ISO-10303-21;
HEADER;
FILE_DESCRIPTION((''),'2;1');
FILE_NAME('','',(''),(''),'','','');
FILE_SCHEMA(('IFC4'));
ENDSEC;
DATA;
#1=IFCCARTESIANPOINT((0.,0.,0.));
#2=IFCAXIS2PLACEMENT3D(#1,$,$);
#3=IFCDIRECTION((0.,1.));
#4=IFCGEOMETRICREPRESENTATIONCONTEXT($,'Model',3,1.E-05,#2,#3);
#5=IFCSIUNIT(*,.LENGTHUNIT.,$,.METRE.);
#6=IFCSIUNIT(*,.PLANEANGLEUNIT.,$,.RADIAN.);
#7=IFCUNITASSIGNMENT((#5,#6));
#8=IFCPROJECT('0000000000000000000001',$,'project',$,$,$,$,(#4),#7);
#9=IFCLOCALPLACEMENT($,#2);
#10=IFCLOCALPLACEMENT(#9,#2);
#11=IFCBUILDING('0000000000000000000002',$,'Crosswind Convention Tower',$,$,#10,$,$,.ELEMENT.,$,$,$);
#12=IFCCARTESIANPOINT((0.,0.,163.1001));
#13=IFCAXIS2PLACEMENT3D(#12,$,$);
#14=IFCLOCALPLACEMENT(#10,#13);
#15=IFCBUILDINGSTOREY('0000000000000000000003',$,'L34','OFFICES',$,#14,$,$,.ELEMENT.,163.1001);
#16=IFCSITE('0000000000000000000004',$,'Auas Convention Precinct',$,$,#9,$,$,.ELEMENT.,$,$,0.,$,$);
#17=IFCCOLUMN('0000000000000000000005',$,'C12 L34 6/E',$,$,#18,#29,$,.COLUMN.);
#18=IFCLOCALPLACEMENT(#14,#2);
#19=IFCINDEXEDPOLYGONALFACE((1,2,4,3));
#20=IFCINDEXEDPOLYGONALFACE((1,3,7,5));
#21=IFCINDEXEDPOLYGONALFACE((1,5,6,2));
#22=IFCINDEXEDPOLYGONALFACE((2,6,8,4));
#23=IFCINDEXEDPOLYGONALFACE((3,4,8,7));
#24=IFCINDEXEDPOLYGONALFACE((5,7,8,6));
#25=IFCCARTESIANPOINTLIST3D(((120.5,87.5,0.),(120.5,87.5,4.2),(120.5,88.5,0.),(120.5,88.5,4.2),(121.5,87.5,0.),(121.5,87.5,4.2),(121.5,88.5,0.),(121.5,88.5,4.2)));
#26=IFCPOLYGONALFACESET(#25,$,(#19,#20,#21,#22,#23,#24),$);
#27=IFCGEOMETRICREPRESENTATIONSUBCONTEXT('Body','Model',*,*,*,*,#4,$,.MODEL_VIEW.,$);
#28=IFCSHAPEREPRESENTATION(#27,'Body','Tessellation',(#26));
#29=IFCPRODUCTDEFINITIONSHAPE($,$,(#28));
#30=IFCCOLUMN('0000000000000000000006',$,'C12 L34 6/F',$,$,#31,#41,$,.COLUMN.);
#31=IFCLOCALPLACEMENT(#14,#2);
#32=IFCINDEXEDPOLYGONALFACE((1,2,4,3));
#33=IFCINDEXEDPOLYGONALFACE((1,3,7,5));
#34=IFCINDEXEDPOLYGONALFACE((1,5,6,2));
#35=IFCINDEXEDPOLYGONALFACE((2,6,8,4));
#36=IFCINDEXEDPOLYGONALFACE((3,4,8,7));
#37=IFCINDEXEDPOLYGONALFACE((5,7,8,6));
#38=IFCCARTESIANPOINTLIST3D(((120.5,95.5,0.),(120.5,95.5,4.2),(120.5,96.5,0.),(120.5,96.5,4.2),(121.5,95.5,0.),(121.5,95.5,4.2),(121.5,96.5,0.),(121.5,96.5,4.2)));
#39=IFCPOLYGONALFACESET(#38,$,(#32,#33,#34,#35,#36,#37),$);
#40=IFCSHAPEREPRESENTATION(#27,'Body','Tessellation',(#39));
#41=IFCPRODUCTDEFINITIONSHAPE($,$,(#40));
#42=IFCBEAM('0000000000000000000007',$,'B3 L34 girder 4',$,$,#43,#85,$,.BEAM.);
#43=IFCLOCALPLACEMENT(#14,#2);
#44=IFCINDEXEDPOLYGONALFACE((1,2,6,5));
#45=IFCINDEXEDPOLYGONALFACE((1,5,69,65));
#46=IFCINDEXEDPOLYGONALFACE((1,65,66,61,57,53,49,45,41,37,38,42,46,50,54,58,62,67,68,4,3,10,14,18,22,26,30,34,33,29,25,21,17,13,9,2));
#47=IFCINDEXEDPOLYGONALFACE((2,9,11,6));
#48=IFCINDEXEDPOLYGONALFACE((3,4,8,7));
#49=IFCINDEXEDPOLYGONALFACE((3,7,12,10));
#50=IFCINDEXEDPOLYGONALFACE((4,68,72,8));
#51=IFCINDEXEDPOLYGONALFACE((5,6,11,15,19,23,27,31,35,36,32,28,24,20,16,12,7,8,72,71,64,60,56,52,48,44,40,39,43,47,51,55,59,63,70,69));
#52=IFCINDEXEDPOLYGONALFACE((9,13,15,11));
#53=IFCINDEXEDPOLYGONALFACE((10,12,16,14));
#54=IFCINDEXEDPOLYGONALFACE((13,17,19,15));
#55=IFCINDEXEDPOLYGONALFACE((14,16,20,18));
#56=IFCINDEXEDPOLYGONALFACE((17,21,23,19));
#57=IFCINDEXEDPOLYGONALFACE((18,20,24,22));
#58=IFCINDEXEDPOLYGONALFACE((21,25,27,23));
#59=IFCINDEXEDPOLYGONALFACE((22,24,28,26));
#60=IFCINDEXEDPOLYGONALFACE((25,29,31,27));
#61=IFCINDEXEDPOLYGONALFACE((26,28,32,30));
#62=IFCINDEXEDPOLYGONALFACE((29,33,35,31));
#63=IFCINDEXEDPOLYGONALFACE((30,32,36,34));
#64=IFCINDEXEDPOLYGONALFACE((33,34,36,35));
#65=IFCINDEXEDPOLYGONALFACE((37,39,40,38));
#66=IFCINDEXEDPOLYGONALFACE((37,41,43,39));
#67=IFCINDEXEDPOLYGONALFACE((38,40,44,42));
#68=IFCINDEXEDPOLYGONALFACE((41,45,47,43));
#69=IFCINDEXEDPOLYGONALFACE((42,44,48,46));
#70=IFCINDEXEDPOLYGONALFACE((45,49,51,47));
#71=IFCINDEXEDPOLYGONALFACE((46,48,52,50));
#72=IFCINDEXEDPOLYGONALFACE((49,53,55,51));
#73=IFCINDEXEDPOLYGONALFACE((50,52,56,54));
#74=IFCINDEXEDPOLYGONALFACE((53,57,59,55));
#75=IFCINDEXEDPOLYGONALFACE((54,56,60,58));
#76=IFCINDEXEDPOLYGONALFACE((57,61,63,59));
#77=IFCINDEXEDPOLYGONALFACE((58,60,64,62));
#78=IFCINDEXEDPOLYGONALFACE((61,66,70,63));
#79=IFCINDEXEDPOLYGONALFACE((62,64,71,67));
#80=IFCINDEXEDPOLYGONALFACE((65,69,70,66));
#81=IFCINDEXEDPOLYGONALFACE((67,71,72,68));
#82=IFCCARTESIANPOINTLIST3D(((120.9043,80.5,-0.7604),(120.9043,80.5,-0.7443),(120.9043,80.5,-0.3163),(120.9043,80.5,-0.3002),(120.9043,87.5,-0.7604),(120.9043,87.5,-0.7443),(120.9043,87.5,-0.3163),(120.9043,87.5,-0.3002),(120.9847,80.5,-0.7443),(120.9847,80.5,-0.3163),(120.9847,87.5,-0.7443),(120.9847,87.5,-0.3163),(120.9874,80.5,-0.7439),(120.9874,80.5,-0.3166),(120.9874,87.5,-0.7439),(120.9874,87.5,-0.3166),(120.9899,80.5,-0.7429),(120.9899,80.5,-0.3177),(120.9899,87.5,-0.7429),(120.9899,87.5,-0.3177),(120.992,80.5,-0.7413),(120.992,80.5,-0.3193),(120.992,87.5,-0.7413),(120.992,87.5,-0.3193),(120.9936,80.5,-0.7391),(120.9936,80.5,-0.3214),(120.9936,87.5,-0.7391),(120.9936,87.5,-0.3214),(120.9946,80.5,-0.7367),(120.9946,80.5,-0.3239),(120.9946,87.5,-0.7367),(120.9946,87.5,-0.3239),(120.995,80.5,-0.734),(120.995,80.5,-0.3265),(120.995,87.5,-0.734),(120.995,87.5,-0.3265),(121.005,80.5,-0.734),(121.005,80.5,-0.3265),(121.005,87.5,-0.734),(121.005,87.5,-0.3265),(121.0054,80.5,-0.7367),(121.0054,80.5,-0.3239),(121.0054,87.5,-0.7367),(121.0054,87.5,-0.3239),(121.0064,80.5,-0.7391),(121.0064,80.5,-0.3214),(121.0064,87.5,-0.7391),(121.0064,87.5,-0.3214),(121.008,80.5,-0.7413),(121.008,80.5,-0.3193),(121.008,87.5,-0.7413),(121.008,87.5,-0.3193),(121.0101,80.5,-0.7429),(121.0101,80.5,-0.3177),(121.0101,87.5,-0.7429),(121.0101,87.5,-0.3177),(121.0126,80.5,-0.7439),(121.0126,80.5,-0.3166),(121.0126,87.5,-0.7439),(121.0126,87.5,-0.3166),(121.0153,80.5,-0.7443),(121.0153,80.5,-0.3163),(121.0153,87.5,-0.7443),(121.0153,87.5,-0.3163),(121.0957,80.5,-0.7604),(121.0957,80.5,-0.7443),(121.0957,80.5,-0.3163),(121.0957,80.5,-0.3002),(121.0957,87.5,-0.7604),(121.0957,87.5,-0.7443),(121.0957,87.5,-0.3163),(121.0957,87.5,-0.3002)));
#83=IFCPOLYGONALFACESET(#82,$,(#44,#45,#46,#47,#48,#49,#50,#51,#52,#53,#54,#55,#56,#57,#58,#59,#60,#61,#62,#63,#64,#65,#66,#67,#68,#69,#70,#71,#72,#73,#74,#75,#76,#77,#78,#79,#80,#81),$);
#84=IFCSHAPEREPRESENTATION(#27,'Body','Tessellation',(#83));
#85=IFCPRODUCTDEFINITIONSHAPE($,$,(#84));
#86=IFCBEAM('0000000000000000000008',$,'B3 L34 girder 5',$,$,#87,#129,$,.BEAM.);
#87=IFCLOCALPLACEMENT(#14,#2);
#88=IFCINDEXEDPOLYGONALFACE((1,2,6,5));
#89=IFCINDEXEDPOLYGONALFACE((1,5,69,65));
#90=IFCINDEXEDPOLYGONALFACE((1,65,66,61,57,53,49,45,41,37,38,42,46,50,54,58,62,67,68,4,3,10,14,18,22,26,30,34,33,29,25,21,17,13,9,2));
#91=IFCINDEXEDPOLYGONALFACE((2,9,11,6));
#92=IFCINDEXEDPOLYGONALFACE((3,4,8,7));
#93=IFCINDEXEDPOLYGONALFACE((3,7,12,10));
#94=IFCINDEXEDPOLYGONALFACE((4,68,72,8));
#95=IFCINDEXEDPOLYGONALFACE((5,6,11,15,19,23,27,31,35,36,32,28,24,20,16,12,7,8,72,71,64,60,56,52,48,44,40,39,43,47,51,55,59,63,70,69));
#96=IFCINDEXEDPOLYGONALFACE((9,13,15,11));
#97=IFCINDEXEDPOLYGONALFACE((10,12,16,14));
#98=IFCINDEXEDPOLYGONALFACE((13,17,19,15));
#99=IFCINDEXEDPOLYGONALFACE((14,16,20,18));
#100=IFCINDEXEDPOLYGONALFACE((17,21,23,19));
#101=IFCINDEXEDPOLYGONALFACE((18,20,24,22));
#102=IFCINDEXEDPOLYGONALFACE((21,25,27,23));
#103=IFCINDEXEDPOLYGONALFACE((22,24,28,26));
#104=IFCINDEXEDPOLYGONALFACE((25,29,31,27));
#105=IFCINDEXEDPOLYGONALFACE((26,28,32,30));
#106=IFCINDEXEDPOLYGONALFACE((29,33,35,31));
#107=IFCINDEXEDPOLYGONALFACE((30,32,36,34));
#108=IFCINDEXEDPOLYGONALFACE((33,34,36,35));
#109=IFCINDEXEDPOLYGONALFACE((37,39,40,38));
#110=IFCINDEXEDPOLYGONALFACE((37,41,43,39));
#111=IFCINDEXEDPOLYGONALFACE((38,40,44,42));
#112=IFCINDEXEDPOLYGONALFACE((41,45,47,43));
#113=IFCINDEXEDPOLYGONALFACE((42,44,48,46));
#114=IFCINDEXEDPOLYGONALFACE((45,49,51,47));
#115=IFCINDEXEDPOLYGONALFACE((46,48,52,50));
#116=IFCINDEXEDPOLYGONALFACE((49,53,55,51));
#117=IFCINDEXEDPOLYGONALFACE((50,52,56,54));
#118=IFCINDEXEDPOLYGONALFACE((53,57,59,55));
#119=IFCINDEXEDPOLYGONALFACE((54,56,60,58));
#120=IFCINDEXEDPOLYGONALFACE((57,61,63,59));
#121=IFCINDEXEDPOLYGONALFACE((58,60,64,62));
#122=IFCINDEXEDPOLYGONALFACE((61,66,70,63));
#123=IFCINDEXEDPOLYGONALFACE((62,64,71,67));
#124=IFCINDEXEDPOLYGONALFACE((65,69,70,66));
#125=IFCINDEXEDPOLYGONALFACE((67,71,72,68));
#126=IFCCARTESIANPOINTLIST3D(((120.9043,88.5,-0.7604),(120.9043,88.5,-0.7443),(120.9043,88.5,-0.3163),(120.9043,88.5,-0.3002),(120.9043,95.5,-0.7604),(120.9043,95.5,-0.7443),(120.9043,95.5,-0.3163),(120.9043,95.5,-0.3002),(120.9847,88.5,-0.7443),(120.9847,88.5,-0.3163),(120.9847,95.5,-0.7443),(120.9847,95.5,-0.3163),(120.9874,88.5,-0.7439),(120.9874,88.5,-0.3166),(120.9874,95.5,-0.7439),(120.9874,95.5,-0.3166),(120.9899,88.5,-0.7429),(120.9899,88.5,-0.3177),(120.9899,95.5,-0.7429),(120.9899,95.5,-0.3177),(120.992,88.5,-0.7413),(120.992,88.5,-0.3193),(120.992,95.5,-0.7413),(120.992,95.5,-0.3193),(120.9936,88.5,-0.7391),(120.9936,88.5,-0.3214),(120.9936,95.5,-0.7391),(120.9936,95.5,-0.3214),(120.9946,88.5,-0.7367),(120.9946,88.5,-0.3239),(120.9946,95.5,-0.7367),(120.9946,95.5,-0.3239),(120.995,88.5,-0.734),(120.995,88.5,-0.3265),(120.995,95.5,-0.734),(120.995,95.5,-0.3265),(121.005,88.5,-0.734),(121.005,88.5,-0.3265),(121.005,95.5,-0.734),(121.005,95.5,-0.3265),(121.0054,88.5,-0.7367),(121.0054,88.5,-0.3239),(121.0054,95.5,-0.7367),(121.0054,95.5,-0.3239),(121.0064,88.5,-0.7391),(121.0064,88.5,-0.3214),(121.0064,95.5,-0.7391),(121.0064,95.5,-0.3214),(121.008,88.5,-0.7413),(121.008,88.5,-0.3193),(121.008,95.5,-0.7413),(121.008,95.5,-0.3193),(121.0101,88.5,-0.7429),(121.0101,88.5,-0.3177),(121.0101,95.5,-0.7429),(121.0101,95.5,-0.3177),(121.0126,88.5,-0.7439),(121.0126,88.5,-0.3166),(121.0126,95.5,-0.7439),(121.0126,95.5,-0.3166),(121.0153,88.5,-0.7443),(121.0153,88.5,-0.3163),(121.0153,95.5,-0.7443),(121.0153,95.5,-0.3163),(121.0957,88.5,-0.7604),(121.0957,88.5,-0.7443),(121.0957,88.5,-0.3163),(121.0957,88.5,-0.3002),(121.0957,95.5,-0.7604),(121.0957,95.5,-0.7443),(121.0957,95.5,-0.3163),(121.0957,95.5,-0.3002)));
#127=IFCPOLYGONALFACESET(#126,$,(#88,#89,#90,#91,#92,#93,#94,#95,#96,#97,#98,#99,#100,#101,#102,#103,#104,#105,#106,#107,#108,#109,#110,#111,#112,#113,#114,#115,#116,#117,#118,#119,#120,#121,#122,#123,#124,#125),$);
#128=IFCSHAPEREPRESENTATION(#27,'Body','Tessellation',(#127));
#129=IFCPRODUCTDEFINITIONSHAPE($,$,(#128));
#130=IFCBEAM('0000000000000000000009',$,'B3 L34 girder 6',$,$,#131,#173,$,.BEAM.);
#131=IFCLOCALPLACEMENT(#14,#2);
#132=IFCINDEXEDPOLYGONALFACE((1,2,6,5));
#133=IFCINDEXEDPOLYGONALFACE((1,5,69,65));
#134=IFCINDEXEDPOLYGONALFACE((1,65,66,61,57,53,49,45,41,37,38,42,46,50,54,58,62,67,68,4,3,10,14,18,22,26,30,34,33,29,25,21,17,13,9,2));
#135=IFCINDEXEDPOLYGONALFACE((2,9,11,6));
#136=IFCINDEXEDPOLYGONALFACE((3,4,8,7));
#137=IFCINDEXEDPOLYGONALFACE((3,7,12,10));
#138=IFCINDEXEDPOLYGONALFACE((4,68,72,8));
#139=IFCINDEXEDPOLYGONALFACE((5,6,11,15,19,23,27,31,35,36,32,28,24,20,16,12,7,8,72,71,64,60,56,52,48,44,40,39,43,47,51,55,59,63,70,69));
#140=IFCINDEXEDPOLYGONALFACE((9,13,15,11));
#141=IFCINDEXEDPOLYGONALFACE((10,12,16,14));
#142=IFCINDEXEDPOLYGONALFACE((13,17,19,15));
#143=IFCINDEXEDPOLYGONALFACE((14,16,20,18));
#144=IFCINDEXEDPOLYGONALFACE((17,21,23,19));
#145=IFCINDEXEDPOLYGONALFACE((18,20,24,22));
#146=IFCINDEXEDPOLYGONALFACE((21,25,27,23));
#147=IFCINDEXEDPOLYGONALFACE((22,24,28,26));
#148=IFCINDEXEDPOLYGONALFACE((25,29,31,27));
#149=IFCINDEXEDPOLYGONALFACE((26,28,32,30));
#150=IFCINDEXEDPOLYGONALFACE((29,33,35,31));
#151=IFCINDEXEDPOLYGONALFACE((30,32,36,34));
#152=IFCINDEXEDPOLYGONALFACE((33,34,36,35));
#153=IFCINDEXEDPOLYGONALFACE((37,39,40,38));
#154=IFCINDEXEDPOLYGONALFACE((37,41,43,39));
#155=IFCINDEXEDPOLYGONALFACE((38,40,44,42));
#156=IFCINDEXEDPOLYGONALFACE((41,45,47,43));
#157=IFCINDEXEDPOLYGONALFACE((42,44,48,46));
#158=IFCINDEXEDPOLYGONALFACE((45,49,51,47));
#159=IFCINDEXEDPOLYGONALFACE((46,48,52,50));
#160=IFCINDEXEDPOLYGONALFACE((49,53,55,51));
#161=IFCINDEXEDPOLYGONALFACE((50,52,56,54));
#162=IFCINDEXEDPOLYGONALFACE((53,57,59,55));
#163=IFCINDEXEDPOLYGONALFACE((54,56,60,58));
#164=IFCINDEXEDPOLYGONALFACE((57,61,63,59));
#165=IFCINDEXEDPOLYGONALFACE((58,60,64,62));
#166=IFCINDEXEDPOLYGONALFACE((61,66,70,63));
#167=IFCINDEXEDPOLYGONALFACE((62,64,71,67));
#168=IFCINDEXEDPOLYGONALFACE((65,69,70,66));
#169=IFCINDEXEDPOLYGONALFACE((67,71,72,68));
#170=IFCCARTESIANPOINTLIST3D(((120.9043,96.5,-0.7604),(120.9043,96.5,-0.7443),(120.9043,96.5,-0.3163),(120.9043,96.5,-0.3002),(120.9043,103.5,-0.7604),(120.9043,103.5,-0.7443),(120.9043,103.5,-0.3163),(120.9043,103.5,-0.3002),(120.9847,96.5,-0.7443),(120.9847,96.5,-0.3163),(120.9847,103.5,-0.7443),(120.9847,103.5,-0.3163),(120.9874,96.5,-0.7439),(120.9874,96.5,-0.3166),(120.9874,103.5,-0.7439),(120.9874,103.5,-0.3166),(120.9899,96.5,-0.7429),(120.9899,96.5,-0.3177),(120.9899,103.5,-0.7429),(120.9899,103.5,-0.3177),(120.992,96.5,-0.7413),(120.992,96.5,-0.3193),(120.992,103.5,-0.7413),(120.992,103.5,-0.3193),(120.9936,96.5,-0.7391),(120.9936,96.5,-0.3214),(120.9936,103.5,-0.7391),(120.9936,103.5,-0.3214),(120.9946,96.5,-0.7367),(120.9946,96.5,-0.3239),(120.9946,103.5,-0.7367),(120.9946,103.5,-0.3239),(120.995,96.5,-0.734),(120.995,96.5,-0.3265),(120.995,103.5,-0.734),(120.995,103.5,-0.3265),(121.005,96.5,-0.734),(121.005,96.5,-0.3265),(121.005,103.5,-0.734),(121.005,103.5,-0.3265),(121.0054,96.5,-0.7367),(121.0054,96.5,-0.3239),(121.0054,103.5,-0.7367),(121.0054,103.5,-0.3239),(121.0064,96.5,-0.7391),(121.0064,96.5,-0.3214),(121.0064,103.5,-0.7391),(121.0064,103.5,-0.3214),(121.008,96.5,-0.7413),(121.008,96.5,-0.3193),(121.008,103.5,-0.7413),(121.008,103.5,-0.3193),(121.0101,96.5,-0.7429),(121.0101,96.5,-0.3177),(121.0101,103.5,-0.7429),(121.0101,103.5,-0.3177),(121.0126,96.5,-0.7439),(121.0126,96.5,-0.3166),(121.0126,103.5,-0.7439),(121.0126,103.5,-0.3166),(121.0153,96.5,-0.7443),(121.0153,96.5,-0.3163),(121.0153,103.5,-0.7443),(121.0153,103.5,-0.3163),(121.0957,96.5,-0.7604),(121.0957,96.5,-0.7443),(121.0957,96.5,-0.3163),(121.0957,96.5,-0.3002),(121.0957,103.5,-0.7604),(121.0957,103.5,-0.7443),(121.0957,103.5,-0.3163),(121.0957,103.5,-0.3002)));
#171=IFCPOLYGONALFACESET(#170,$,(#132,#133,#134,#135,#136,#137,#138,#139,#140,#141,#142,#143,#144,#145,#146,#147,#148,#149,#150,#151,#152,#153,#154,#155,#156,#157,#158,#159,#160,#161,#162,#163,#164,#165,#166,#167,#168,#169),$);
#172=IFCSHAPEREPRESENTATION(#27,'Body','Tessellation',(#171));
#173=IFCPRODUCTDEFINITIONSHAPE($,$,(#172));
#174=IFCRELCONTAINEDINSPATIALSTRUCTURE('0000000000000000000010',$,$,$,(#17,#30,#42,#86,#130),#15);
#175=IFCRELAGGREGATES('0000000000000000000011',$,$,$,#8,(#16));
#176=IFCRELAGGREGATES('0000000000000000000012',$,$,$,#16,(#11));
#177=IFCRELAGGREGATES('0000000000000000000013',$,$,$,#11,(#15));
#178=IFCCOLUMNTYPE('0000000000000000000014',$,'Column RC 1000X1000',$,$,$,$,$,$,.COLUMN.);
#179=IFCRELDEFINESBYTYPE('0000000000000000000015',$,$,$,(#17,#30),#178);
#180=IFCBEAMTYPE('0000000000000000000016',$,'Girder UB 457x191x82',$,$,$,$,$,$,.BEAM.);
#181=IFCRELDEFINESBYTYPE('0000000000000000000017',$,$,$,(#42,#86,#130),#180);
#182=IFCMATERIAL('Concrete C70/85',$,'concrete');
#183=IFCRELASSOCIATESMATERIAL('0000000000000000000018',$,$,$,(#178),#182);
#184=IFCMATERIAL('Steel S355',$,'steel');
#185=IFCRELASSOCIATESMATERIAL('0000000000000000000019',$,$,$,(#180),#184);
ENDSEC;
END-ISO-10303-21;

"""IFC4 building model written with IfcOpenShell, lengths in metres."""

from ifc_helpers import new_model, si_unit, direction, frame, origin, origin_2d, place, context, subcontext, project, spatial, rectangle, i_section, extrude, material, material_profile, profile_set, type_object, element, save


model = new_model("IFC4")

# Units and contexts
model_context = context("Model", 3, precision=1e-05, world=origin(), true_north=direction((0.0, 1.0)))
body_context = subcontext(model_context, "Body", "Model", "MODEL_VIEW")
ifc_project = project(units=[si_unit("LENGTHUNIT", "METRE"), si_unit("PLANEANGLEUNIT", "RADIAN")], contexts=[model_context])

# Site, building, storey
site_placement = place(None, origin())
site = spatial("IfcSite", under=ifc_project, at=site_placement, Name="Auas Convention Precinct", CompositionType="ELEMENT", RefElevation=0.0)
building_placement = place(site_placement, origin())
building = spatial("IfcBuilding", under=site, at=building_placement, Name="Crosswind Convention Tower", CompositionType="ELEMENT")
storey_placement = place(building_placement, frame((0.0, 0.0, 163.1001)))
storey = spatial("IfcBuildingStorey", under=building, at=storey_placement, Name="L34", Description="OFFICES", CompositionType="ELEMENT", Elevation=163.1001)

# Columns
ifc_material_1 = material(Name="Concrete C70/85", Category="concrete")
ifc_material_profile_1 = material_profile(ifc_material_1, rectangle(XDim=1.0, YDim=1.0, at=origin_2d()), Name="RC 1000X1000")
ifc_profile_set_1 = profile_set([ifc_material_profile_1], Name="Concrete C70/85")
column_type = type_object("IfcColumnType", Name="Column RC 1000X1000", PredefinedType="COLUMN", material=ifc_profile_set_1)
for number, where, z_axis, x_axis, name in (
    (1, (121.0, 88.0, 0.0), (0.0, 0.0, 1.0), (1.0, 0.0, 0.0), "C12 L34 6/E"),
    (2, (121.0, 96.0, 0.0), (0.0, 0.0, 1.0), (1.0, 0.0, 0.0), "C12 L34 6/F"),
):
    element("IfcColumn", number, at=place(storey_placement, frame(where, z_axis=z_axis, x_axis=x_axis)), inside=storey, type_object=column_type, Name=name, PredefinedType="COLUMN", context=body_context, shape_type="SweptSolid", body=[
        extrude(rectangle(XDim=1.0, YDim=1.0, at=origin_2d()), origin(), (0.0, 0.0, 1.0), 4.2),
    ])

# Beams
ifc_material_2 = material(Name="Steel S355", Category="steel")
ifc_material_profile_2 = material_profile(ifc_material_2, i_section(OverallWidth=0.1914, OverallDepth=0.4602, WebThickness=0.01, FlangeThickness=0.0161, FilletRadius=0.0103, at=origin_2d()), Name="UB 457x191x82")
ifc_profile_set_2 = profile_set([ifc_material_profile_2], Name="Steel S355")
beam_type_1 = type_object("IfcBeamType", Name="Girder UB 457x191x82", PredefinedType="BEAM", material=ifc_profile_set_2)
for number, where, z_axis, x_axis, name in (
    (3, (121.0, 80.5, -0.5303), (0.0, 1.0, 0.0), (-1.0, 0.0, 0.0), "B3 L34 girder 4"),
    (4, (121.0, 88.5, -0.5303), (0.0, 1.0, 0.0), (-1.0, 0.0, 0.0), "B3 L34 girder 5"),
    (5, (121.0, 96.5, -0.5303), (0.0, 1.0, 0.0), (-1.0, 0.0, 0.0), "B3 L34 girder 6"),
):
    element("IfcBeam", number, at=place(storey_placement, frame(where, z_axis=z_axis, x_axis=x_axis)), inside=storey, type_object=beam_type_1, Name=name, PredefinedType="BEAM", context=body_context, shape_type="SweptSolid", body=[
        extrude(i_section(OverallWidth=0.1914, OverallDepth=0.4602, WebThickness=0.01, FlangeThickness=0.0161, FilletRadius=0.0103, at=origin_2d()), origin(), (0.0, 0.0, 1.0), 7.0),
    ])

save(model, "model.ifc")
